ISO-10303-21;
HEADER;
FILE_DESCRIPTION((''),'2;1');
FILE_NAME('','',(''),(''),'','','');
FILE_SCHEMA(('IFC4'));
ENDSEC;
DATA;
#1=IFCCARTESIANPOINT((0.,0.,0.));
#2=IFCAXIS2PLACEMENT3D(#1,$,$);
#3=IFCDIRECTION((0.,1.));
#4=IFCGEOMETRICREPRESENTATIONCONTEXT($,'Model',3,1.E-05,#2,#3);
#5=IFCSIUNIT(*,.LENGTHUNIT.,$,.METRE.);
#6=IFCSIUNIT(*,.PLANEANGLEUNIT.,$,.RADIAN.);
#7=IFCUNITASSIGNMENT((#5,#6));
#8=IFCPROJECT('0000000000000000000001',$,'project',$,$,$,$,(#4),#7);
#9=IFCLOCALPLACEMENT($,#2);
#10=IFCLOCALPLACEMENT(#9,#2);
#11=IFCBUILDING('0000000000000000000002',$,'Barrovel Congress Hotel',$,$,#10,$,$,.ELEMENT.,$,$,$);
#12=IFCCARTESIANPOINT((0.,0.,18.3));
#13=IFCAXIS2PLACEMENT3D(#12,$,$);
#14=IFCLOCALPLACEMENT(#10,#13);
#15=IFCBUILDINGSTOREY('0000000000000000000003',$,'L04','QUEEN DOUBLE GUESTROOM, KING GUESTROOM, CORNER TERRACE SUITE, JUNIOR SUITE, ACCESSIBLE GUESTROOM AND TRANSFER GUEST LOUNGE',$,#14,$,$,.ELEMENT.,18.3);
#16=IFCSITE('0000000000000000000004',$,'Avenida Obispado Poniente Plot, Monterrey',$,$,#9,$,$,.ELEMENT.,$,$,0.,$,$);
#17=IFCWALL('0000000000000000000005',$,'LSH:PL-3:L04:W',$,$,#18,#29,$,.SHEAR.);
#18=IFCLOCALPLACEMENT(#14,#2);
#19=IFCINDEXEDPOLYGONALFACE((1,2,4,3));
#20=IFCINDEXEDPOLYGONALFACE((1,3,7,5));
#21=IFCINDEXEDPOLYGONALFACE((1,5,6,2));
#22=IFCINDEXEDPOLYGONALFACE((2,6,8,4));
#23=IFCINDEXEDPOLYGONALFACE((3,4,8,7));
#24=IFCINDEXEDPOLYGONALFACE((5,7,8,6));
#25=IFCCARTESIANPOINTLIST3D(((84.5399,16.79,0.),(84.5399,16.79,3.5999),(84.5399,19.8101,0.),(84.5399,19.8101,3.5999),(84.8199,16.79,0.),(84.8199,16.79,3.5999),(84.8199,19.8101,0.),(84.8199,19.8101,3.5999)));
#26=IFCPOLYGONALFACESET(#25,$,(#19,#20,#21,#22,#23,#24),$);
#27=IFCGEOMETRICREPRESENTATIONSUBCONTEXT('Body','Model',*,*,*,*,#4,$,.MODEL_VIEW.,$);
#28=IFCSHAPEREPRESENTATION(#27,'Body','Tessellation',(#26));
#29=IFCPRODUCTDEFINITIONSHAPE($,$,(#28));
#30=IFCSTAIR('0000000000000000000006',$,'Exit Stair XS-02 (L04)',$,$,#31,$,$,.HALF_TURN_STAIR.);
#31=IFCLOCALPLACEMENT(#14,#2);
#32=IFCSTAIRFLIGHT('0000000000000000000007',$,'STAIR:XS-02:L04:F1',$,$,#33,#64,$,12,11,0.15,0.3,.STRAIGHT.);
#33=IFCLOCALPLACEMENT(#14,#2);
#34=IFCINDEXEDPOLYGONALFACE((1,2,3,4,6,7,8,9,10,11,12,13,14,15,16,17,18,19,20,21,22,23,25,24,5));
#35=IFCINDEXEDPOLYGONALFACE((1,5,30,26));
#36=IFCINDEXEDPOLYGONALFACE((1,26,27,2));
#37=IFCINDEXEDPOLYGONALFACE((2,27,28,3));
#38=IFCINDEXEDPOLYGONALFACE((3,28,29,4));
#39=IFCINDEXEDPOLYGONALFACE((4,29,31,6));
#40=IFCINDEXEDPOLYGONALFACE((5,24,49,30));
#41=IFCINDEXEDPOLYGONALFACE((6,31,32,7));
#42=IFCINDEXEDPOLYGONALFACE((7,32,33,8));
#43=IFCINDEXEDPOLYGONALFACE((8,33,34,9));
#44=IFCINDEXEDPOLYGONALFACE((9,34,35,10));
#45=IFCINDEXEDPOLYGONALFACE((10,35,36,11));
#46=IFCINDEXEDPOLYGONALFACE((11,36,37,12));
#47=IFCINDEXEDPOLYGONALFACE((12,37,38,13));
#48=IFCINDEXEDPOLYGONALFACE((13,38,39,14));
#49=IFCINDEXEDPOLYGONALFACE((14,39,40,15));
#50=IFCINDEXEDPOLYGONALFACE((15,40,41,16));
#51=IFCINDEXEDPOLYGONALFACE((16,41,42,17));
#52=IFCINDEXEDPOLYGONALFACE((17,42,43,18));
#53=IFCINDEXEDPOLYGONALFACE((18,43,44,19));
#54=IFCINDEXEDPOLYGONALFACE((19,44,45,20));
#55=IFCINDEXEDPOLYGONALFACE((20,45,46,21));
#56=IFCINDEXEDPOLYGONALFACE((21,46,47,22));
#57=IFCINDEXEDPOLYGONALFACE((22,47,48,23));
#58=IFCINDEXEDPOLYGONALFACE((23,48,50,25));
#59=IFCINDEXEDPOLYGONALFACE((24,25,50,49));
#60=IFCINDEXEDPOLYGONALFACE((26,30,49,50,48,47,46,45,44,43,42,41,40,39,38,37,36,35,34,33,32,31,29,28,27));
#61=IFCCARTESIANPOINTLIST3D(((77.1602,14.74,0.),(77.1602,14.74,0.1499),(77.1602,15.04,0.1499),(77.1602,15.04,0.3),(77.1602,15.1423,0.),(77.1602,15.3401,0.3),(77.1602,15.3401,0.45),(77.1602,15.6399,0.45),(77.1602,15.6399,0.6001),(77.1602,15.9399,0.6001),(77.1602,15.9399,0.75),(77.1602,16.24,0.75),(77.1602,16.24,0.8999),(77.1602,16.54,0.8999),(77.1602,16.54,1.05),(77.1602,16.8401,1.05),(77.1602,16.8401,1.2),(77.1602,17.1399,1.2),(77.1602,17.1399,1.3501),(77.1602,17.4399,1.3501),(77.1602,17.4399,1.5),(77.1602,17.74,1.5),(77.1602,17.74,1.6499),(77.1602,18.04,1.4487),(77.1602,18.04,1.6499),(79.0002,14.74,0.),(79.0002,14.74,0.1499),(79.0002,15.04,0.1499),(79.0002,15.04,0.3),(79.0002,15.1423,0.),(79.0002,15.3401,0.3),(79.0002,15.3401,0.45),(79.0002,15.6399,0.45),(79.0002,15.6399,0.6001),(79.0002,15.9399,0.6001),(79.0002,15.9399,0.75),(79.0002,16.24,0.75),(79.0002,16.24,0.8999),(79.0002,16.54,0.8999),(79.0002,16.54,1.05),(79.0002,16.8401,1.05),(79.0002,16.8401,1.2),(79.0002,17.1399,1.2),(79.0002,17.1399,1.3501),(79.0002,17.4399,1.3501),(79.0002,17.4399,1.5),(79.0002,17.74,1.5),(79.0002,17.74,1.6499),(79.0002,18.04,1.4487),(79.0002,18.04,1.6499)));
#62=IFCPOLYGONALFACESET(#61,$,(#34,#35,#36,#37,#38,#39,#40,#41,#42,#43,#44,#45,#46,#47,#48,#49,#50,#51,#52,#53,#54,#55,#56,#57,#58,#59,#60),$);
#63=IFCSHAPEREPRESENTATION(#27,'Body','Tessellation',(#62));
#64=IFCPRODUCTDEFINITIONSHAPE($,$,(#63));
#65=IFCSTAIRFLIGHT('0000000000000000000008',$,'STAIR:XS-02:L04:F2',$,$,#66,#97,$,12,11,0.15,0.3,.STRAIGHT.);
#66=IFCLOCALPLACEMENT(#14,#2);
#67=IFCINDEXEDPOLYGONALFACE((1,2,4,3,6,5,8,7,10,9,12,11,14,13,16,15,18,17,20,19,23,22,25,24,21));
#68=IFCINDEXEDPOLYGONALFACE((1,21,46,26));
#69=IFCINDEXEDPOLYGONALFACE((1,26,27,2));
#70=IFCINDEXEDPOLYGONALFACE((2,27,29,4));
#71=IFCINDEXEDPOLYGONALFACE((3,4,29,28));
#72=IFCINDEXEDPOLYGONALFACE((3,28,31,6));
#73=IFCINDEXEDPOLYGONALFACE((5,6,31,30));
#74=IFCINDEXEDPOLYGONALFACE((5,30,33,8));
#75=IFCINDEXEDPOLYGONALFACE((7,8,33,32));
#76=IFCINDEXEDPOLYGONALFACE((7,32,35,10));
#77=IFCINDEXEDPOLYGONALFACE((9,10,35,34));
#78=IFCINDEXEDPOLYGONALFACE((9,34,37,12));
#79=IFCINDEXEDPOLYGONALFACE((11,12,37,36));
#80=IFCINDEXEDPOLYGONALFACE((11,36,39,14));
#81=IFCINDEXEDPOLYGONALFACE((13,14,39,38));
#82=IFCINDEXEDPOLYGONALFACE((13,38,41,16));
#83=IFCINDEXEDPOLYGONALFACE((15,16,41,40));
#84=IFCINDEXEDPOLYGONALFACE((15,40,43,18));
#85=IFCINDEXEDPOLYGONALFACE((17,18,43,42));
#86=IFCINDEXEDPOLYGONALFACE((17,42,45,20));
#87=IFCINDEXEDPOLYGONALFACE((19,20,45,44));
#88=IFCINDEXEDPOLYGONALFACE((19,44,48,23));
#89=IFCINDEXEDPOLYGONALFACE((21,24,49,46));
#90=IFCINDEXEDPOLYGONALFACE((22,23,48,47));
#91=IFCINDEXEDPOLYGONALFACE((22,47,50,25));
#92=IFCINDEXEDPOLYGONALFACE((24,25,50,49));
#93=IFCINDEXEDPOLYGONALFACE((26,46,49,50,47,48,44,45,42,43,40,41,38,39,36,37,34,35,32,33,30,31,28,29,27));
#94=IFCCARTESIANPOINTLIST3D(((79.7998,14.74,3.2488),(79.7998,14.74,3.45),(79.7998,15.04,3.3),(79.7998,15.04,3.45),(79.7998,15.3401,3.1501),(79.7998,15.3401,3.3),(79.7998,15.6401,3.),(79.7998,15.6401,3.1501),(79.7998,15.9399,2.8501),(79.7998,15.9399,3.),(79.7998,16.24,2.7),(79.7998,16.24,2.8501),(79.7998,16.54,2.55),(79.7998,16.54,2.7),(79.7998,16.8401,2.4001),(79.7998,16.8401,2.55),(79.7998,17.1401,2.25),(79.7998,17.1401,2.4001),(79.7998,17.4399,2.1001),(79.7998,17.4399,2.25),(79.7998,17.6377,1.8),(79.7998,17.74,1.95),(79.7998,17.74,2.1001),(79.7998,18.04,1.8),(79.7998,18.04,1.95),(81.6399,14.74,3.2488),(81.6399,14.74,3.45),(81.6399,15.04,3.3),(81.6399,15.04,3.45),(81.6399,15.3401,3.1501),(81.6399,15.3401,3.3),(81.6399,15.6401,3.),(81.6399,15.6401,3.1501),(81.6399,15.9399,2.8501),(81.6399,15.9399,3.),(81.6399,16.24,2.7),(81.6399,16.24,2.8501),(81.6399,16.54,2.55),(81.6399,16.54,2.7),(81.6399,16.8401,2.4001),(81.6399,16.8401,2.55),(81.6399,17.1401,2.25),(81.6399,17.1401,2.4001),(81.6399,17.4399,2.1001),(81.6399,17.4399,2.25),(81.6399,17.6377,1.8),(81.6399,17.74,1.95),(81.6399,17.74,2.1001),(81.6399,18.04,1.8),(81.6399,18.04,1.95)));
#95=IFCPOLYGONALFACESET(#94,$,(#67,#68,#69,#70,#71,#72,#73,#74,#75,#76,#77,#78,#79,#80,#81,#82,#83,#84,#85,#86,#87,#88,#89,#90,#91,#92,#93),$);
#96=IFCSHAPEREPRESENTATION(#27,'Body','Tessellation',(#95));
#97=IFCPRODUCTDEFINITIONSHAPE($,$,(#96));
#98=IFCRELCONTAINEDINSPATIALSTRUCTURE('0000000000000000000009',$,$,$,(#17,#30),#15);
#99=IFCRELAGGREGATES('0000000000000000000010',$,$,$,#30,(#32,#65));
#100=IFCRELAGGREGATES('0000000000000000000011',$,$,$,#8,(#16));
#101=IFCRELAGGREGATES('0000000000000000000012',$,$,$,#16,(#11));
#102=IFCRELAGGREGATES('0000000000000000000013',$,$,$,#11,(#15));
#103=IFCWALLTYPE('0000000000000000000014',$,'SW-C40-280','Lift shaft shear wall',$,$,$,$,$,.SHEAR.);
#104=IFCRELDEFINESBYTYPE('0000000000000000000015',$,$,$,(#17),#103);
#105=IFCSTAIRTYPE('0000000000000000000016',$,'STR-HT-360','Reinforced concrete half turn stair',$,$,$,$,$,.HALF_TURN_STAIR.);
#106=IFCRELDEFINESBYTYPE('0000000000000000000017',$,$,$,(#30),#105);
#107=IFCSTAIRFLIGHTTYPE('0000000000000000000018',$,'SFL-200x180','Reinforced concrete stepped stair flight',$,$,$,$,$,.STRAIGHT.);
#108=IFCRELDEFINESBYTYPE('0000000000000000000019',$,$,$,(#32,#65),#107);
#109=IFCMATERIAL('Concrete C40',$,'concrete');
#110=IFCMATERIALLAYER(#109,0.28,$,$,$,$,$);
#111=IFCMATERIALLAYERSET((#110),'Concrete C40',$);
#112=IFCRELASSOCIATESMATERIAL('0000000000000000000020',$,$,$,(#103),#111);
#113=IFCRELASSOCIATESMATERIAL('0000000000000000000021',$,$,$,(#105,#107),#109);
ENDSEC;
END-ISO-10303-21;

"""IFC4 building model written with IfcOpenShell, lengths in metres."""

from ifc_helpers import new_model, si_unit, direction, frame, frame_2d, origin, place, context, subcontext, project, spatial, polyline, rectangle, outline, extrude, material, layer, layer_set, type_object, element, aggregate, save


model = new_model("IFC4")

# Units and contexts
model_context = context("Model", 3, precision=1e-05, world=origin(), true_north=direction((0.0, 1.0)))
body_context = subcontext(model_context, "Body", "Model", "MODEL_VIEW")
ifc_project = project(units=[si_unit("LENGTHUNIT", "METRE"), si_unit("PLANEANGLEUNIT", "RADIAN")], contexts=[model_context])

# Site, building, storey
site_placement = place(None, origin())
site = spatial("IfcSite", under=ifc_project, at=site_placement, Name="Avenida Obispado Poniente Plot, Monterrey", CompositionType="ELEMENT", RefElevation=0.0)
building_placement = place(site_placement, origin())
building = spatial("IfcBuilding", under=site, at=building_placement, Name="Barrovel Congress Hotel", CompositionType="ELEMENT")
storey_placement = place(building_placement, frame((0.0, 0.0, 18.3)))
storey = spatial("IfcBuildingStorey", under=building, at=storey_placement, Name="L04", Description="QUEEN DOUBLE GUESTROOM, KING GUESTROOM, CORNER TERRACE SUITE, JUNIOR SUITE, ACCESSIBLE GUESTROOM AND TRANSFER GUEST LOUNGE", CompositionType="ELEMENT", Elevation=18.3)

# Shared definitions
ifc_material_1 = material(Name="Concrete C40", Category="concrete")

# Shared definitions
ifc_layer_1 = layer(ifc_material_1, 0.28)
ifc_layer_set_1 = layer_set([ifc_layer_1], Name="Concrete C40")
wall_type_1 = type_object("IfcWallType", Name="SW-C40-280", Description="Lift shaft shear wall", PredefinedType="SHEAR", material=ifc_layer_set_1)

# Wall
for number, where, z_axis, x_axis, name in (
    (1, (84.6799, 19.8101, 0.0), (0.0, 0.0, 1.0), (0.0, -1.0, 0.0), "LSH:PL-3:L04:W"),
):
    element("IfcWall", number, at=place(storey_placement, frame(where, z_axis=z_axis, x_axis=x_axis)), inside=storey, type_object=wall_type_1, Name=name, PredefinedType="SHEAR", context=body_context, shape_type="SweptSolid", body=[
        extrude(rectangle(XDim=3.02, YDim=0.28, at=frame_2d((1.51, 0.0))), origin(), (0.0, 0.0, 1.0), 3.5999),
    ])

# Stair, stair flights
stair_type = type_object("IfcStairType", Name="STR-HT-360", Description="Reinforced concrete half turn stair", PredefinedType="HALF_TURN_STAIR", material=ifc_material_1)
stair_placement = place(storey_placement, origin())
stair = element("IfcStair", 2, at=stair_placement, inside=storey, type_object=stair_type, Name="Exit Stair XS-02 (L04)", PredefinedType="HALF_TURN_STAIR")
stair_flight_type = type_object("IfcStairFlightType", Name="SFL-200x180", Description="Reinforced concrete stepped stair flight", PredefinedType="STRAIGHT", material=ifc_material_1)
stair_flight_1_placement = place(storey_placement, frame((78.0801, 14.74, 0.0), z_axis=(0.0, 0.0, 1.0), x_axis=(0.0, 1.0, 0.0)))
stair_flight_1 = element("IfcStairFlight", 3, at=stair_flight_1_placement, type_object=stair_flight_type, Name="STAIR:XS-02:L04:F1", NumberOfRisers=12, NumberOfTreads=11, PredefinedType="STRAIGHT", RiserHeight=0.15, TreadLength=0.3, context=body_context, shape_type="SweptSolid", body=[
    extrude(outline(polyline([(0.0, 0.0), (0.0, 0.1499), (0.3, 0.1499), (0.3, 0.3), (0.6001, 0.3), (0.6001, 0.45), (0.8999, 0.45), (0.8999, 0.6001), (1.2, 0.6001), (1.2, 0.75), (1.5, 0.75), (1.5, 0.8999), (1.8, 0.8999), (1.8, 1.05), (2.1001, 1.05), (2.1001, 1.2), (2.3999, 1.2), (2.3999, 1.3501), (2.7, 1.3501), (2.7, 1.5), (3.0, 1.5), (3.0, 1.6499), (3.3, 1.6499), (3.3, 1.8), (3.3, 1.4487), (0.4023, 0.0), (0.0, 0.0)])), frame((0.0, 0.9199, 0.0), z_axis=(0.0, -1.0, 0.0), x_axis=(1.0, 0.0, 0.0)), (0.0, 0.0, 1.0), 1.8401),
])
stair_flight_2_placement = place(storey_placement, frame((80.72, 18.04, 1.8), z_axis=(0.0, 0.0, 1.0), x_axis=(0.0, -1.0, 0.0)))
stair_flight_2 = element("IfcStairFlight", 4, at=stair_flight_2_placement, type_object=stair_flight_type, Name="STAIR:XS-02:L04:F2", NumberOfRisers=12, NumberOfTreads=11, PredefinedType="STRAIGHT", RiserHeight=0.15, TreadLength=0.3, context=body_context, shape_type="SweptSolid", body=[
    extrude(outline(polyline([(0.0, 0.0), (0.0, 0.1499), (0.3, 0.1499), (0.3, 0.3), (0.6001, 0.3), (0.6001, 0.45), (0.8999, 0.45), (0.8999, 0.6001), (1.2, 0.6001), (1.2, 0.75), (1.5, 0.75), (1.5, 0.8999), (1.8, 0.8999), (1.8, 1.05), (2.1001, 1.05), (2.1001, 1.2), (2.3999, 1.2), (2.3999, 1.3501), (2.7, 1.3501), (2.7, 1.5), (3.0, 1.5), (3.0, 1.6499), (3.3, 1.6499), (3.3, 1.8), (3.3, 1.4487), (0.4023, 0.0), (0.0, 0.0)])), frame((0.0, 0.9199, 0.0), z_axis=(0.0, -1.0, 0.0), x_axis=(1.0, 0.0, 0.0)), (0.0, 0.0, 1.0), 1.8401),
])
aggregate(stair, [stair_flight_1, stair_flight_2])

save(model, "model.ifc")
